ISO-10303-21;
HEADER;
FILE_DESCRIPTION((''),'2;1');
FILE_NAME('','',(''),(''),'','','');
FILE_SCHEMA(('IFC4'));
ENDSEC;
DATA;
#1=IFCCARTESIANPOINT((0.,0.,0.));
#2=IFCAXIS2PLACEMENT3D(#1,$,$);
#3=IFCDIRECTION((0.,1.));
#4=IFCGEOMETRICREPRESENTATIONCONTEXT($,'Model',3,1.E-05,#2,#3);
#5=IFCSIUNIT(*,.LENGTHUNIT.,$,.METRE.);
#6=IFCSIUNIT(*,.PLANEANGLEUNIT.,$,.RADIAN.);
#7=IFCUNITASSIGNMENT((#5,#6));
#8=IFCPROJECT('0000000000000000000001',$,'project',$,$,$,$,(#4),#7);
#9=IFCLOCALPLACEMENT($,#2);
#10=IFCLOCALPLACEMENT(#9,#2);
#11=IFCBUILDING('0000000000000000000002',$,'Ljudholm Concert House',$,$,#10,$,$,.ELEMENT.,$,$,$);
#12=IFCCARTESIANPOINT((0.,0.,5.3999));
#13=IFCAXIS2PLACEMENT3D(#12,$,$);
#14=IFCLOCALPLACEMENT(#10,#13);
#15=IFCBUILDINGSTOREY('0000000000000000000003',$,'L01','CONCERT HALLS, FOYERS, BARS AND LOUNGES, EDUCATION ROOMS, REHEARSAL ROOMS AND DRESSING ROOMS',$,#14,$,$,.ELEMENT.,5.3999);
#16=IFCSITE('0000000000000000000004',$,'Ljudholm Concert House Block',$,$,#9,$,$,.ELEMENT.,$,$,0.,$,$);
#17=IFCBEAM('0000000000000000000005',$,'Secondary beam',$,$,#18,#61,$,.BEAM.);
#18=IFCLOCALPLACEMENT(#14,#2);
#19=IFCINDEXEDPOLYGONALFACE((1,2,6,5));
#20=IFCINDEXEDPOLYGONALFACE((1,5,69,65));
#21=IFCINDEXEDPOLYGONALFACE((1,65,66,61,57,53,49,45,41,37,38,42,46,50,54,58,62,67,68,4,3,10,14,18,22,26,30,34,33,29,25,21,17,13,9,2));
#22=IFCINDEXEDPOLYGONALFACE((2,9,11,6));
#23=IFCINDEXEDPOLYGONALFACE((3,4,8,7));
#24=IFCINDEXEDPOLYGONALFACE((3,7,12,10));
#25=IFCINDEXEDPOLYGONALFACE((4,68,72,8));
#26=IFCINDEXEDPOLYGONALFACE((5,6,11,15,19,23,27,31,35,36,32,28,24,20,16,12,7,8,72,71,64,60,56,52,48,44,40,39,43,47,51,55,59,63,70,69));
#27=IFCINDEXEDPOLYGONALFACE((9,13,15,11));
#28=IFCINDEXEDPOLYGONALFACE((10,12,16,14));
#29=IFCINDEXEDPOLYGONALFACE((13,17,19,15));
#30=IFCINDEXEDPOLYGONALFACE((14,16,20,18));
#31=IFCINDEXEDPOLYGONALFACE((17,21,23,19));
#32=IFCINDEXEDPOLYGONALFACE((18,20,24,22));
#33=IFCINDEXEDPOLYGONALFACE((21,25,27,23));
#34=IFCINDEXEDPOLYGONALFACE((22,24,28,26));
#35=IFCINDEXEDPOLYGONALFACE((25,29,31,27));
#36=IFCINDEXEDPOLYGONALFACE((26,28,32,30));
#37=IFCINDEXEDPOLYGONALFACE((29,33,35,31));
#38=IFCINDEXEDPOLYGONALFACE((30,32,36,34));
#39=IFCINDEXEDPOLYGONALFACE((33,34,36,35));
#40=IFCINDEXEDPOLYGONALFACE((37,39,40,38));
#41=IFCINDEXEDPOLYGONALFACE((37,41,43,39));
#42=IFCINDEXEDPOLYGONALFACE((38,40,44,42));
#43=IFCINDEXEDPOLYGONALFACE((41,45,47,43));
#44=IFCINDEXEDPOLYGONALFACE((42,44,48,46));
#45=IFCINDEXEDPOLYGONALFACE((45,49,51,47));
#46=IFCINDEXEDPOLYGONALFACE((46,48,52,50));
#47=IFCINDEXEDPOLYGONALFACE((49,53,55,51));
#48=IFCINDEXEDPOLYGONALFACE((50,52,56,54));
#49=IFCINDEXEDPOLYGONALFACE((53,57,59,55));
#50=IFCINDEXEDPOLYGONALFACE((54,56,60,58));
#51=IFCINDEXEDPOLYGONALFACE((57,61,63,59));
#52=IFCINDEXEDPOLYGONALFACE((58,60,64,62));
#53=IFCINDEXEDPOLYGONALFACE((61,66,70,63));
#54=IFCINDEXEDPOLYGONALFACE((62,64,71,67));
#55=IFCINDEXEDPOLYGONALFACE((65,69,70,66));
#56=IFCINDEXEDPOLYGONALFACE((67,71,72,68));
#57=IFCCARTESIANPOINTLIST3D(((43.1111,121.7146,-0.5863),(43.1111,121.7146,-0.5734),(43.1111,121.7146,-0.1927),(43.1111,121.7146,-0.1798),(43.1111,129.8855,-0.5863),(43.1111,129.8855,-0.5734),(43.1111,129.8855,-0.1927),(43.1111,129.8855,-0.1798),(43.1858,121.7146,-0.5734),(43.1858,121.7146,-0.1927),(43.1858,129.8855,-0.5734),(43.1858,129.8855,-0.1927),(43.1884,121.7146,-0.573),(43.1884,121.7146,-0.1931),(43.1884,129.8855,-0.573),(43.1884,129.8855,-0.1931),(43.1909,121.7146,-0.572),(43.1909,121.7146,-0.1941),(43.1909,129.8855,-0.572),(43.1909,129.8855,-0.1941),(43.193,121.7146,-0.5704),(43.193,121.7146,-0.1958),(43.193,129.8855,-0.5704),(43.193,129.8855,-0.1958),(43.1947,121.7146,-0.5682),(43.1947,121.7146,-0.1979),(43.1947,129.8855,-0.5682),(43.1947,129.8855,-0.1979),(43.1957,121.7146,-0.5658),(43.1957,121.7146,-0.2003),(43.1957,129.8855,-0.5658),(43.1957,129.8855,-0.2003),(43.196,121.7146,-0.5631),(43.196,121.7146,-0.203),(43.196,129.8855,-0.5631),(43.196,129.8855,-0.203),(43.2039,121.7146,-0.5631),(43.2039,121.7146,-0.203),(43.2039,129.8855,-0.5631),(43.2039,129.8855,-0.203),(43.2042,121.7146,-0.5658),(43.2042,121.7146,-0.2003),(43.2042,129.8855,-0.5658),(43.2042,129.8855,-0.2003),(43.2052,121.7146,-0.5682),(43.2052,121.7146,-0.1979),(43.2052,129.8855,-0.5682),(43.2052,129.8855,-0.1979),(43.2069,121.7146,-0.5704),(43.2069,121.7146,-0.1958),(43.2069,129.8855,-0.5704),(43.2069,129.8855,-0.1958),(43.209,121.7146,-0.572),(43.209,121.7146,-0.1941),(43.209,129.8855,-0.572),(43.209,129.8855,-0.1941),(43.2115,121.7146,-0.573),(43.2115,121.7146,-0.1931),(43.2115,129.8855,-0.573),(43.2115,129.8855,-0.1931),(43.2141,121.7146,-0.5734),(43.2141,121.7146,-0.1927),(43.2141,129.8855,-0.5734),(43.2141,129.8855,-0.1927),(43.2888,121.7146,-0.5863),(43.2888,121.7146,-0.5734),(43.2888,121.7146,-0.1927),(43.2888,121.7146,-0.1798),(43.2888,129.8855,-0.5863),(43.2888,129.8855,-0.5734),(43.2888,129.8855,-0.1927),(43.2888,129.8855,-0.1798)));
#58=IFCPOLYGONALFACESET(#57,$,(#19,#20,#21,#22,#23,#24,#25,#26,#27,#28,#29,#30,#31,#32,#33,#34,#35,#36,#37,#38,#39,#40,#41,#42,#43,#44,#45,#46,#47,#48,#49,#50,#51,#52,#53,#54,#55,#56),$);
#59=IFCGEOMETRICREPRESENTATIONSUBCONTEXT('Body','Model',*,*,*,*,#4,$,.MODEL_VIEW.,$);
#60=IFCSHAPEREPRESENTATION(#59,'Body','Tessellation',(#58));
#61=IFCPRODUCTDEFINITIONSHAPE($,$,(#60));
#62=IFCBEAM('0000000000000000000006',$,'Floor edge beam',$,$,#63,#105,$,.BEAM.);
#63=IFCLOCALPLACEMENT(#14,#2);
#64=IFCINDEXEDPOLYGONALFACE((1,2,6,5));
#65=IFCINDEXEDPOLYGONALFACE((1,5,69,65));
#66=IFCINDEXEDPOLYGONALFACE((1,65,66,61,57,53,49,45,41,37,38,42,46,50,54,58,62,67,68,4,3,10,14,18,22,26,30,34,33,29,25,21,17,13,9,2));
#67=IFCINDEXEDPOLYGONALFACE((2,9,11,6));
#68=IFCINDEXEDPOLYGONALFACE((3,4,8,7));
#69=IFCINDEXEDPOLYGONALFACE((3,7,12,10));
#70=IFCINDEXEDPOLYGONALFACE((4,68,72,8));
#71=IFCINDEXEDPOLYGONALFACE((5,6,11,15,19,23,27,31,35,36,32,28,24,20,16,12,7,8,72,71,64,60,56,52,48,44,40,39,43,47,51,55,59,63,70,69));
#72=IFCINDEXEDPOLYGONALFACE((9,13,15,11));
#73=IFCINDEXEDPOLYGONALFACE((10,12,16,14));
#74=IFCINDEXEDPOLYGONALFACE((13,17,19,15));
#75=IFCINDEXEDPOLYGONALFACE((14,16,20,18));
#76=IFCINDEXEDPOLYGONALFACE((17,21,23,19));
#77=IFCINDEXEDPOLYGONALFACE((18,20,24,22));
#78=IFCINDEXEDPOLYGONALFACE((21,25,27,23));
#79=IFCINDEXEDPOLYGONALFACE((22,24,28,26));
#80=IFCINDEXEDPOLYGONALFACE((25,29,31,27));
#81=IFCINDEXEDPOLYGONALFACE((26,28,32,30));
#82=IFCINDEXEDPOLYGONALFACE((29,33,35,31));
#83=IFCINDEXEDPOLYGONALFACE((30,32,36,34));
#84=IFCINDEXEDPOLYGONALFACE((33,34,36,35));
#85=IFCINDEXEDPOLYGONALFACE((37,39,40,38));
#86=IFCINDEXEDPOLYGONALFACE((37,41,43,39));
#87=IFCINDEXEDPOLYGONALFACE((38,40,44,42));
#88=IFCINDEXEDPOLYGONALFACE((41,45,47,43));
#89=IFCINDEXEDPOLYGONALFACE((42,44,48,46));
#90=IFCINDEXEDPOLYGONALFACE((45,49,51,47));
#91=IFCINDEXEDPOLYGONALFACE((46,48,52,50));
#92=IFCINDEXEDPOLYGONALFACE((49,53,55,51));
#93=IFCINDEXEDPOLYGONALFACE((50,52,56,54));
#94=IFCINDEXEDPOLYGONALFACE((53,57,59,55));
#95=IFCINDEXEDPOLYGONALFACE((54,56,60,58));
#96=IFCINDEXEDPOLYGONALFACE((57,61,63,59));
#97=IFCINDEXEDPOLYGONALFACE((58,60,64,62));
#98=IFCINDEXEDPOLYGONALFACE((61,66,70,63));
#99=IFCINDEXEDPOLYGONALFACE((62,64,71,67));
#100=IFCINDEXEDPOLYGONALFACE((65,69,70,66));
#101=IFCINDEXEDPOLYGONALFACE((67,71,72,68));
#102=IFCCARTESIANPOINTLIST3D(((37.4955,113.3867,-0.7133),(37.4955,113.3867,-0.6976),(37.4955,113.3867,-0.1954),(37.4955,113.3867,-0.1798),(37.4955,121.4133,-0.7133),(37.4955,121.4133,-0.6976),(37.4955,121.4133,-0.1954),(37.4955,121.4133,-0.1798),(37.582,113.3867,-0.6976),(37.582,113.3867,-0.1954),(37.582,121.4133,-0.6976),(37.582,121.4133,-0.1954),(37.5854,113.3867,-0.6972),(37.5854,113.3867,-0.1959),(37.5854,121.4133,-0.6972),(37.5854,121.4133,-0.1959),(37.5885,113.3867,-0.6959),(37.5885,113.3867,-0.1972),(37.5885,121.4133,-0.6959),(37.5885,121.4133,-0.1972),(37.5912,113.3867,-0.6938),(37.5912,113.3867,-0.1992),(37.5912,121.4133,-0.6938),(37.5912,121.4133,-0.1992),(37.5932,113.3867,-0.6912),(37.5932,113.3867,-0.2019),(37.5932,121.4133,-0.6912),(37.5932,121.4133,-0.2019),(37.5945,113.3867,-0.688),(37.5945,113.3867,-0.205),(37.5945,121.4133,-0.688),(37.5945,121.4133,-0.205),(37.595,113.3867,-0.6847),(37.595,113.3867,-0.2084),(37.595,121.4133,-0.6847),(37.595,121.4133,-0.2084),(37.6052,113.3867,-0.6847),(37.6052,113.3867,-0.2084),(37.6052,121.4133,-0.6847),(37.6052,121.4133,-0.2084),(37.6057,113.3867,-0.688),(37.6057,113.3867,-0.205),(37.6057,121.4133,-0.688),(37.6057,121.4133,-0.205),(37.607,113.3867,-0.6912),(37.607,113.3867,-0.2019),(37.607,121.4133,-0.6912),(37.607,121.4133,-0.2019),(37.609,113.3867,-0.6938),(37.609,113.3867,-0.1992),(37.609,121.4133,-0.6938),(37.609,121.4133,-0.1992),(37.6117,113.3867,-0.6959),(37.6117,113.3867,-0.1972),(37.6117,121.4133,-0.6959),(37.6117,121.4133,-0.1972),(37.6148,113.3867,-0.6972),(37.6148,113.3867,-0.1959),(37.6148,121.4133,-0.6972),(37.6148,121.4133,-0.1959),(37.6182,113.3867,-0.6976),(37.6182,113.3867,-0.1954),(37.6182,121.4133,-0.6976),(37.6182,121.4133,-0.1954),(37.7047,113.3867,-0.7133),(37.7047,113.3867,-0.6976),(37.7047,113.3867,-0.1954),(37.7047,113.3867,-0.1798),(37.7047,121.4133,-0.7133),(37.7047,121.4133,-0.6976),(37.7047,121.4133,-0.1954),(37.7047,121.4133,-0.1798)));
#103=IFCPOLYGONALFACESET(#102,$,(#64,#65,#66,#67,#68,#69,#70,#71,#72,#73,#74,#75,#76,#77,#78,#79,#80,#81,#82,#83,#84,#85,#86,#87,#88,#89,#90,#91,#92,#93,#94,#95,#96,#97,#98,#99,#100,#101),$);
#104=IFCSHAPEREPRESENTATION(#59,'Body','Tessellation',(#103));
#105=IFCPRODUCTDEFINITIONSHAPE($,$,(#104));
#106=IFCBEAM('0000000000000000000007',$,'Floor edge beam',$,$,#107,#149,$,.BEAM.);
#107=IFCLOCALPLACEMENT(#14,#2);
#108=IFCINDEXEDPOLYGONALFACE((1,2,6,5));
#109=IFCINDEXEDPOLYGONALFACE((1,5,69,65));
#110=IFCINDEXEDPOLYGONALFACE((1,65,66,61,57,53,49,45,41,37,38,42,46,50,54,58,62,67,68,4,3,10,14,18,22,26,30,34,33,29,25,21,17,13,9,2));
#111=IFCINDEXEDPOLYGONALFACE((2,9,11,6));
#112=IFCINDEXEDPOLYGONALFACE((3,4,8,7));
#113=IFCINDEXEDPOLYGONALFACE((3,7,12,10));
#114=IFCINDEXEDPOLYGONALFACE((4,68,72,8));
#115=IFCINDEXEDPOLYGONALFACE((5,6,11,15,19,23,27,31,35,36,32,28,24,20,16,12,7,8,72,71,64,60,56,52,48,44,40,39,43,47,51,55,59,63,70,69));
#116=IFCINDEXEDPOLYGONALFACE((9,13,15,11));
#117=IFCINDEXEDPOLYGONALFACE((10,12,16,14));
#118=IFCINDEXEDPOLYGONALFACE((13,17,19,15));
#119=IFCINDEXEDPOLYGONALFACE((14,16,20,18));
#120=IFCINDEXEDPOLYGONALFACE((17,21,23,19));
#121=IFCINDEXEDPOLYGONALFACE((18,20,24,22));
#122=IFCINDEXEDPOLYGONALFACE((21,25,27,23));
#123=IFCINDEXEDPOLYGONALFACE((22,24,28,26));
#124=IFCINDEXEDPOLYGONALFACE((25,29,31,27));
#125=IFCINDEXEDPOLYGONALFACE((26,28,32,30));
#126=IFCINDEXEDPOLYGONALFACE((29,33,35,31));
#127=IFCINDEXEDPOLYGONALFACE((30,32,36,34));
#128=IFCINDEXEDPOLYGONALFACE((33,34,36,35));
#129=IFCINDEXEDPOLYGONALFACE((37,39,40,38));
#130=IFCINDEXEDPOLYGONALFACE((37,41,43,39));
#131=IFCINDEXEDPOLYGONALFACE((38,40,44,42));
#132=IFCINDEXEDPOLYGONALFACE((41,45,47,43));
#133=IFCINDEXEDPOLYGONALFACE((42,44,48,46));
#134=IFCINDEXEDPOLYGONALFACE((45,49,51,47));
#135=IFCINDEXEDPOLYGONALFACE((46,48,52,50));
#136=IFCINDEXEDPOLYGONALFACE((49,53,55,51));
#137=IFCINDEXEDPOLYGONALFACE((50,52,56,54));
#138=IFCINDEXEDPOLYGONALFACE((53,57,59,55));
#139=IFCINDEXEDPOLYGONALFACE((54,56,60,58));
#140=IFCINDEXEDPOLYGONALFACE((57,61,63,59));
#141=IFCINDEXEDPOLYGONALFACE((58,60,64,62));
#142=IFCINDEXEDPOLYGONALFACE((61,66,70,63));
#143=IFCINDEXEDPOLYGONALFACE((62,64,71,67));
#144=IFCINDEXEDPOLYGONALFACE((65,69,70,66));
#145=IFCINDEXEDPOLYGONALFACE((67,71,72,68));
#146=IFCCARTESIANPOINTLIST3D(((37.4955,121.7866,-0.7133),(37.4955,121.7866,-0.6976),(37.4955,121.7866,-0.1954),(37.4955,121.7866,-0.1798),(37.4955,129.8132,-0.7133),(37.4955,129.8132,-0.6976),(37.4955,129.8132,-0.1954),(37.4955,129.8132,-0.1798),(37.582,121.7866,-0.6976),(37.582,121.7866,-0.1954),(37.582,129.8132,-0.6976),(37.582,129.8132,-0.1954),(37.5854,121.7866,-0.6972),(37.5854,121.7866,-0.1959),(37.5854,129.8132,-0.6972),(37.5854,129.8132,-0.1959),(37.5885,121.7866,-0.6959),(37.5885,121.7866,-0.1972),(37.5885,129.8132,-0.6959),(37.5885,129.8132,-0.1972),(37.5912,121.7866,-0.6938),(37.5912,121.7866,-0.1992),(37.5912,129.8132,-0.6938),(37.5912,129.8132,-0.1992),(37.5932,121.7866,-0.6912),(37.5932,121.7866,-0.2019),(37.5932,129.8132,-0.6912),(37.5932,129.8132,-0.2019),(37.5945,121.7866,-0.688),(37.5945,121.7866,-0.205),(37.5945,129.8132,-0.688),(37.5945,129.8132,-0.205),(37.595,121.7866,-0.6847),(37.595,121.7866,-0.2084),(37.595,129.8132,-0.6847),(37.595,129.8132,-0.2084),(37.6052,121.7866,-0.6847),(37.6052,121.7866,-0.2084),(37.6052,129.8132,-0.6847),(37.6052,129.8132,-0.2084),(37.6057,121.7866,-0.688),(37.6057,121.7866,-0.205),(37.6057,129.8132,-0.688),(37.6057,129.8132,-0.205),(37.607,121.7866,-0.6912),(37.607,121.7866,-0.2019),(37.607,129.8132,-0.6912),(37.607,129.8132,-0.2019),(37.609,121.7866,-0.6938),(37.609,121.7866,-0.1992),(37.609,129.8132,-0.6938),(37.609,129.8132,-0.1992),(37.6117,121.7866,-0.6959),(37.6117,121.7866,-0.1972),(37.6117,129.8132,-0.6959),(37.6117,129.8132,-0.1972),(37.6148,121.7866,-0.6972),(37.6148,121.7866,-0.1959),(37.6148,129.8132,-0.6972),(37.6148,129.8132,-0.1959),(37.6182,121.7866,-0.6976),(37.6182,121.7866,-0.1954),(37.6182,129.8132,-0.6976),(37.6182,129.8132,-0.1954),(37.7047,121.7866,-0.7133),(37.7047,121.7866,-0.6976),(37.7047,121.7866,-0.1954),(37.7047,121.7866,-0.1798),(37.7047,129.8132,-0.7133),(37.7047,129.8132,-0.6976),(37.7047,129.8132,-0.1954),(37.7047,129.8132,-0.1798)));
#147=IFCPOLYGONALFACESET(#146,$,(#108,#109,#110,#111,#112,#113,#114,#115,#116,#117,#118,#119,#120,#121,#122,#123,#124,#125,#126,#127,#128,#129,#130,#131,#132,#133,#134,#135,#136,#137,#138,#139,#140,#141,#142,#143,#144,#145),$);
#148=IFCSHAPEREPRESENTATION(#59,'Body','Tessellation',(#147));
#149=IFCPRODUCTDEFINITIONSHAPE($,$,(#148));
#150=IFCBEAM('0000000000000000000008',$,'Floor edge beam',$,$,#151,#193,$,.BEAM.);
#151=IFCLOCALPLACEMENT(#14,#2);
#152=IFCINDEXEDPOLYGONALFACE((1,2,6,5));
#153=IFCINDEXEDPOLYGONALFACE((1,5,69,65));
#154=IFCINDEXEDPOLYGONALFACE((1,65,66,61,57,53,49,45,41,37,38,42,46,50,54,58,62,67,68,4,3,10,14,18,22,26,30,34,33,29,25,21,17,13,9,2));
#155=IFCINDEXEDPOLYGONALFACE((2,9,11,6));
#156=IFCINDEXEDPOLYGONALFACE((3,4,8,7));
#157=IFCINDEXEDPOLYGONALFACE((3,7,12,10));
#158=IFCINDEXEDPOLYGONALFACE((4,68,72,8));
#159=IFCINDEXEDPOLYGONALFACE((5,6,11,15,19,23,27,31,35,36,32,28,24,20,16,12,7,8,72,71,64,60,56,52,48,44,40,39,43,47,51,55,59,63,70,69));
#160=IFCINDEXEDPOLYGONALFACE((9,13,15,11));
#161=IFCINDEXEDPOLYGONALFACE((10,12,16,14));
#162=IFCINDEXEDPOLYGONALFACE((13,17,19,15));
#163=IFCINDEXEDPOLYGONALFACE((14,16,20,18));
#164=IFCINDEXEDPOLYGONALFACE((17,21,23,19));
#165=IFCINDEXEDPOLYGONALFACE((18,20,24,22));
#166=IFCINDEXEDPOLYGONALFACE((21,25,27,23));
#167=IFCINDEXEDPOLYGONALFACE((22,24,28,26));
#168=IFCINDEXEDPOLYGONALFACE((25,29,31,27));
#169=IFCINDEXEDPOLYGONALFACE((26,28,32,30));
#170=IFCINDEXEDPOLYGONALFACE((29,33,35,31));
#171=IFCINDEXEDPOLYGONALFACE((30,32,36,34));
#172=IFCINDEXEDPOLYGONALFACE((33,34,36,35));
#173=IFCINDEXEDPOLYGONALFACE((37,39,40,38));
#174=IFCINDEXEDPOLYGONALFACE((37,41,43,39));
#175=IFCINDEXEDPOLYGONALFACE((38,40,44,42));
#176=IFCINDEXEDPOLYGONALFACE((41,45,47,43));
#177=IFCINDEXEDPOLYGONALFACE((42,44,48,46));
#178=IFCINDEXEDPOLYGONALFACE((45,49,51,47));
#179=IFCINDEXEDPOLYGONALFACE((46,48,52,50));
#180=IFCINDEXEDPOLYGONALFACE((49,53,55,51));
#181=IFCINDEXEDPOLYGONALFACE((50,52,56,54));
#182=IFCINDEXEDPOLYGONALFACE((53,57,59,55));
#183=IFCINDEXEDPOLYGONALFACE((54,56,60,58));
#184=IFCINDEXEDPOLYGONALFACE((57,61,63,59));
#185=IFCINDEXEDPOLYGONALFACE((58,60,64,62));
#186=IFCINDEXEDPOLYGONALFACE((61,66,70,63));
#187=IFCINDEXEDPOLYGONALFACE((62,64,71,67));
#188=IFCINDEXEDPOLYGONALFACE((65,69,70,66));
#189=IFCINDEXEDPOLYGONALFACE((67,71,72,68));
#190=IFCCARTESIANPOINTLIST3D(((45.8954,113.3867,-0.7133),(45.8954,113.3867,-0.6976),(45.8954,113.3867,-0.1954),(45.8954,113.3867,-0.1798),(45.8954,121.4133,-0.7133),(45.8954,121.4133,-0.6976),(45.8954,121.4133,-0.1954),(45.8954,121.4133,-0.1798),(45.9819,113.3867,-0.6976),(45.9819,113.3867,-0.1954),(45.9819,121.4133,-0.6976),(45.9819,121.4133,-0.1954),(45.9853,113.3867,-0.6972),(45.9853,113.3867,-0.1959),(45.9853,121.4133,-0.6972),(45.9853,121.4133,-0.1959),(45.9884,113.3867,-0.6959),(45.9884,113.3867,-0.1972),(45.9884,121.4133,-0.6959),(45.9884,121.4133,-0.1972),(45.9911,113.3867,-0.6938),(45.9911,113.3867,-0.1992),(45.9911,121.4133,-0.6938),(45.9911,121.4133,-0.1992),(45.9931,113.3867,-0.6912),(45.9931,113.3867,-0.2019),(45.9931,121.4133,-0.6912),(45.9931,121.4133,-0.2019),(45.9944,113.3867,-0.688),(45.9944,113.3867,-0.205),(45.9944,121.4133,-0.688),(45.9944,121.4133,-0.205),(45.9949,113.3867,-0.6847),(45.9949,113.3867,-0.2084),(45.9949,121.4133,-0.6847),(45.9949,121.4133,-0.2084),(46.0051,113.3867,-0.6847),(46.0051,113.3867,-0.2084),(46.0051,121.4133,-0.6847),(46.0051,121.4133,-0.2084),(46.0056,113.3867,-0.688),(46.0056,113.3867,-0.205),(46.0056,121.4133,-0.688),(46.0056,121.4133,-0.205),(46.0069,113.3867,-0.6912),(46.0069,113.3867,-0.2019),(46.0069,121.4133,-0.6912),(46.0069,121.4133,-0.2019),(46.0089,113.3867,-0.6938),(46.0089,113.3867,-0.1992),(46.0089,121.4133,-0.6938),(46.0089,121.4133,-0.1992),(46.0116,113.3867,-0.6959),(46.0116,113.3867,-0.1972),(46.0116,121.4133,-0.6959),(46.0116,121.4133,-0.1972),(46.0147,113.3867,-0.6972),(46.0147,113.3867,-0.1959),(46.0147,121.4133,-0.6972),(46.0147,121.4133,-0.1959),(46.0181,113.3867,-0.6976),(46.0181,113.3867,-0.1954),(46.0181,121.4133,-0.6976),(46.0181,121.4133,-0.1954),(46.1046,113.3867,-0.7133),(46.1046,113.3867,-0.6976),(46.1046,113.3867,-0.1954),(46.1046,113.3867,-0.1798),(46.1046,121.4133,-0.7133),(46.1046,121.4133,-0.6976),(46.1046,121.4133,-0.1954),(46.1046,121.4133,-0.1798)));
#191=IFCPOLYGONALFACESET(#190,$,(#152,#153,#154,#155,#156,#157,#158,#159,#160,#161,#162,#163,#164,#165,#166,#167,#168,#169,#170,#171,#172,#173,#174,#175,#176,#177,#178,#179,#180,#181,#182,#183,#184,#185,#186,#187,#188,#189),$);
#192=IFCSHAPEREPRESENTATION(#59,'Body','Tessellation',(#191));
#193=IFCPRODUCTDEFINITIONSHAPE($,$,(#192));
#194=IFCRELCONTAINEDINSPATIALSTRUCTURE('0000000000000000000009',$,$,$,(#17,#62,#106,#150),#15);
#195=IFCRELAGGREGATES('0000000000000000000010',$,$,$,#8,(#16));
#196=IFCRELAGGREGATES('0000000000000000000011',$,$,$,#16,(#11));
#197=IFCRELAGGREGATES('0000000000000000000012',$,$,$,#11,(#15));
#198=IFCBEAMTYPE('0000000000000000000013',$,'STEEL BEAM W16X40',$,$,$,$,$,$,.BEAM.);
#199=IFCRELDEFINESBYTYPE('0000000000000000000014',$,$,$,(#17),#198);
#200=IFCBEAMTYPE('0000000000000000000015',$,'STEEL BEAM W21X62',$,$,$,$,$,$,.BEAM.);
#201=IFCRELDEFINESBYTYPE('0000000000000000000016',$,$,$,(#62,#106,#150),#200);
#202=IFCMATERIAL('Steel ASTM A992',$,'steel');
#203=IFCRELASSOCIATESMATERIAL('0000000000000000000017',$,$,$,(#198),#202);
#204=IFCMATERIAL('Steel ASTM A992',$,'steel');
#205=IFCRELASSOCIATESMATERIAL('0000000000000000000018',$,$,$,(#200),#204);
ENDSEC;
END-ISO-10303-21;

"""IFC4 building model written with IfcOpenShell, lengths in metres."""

from ifc_helpers import new_model, si_unit, direction, frame, origin, origin_2d, place, context, subcontext, project, spatial, i_section, extrude, material, material_profile, profile_set, type_object, element, save


model = new_model("IFC4")

# Units and contexts
model_context = context("Model", 3, precision=1e-05, world=origin(), true_north=direction((0.0, 1.0)))
body_context = subcontext(model_context, "Body", "Model", "MODEL_VIEW")
ifc_project = project(units=[si_unit("LENGTHUNIT", "METRE"), si_unit("PLANEANGLEUNIT", "RADIAN")], contexts=[model_context])

# Site, building, storey
site_placement = place(None, origin())
site = spatial("IfcSite", under=ifc_project, at=site_placement, Name="Ljudholm Concert House Block", CompositionType="ELEMENT", RefElevation=0.0)
building_placement = place(site_placement, origin())
building = spatial("IfcBuilding", under=site, at=building_placement, Name="Ljudholm Concert House", CompositionType="ELEMENT")
storey_placement = place(building_placement, frame((0.0, 0.0, 5.3999)))
storey = spatial("IfcBuildingStorey", under=building, at=storey_placement, Name="L01", Description="CONCERT HALLS, FOYERS, BARS AND LOUNGES, EDUCATION ROOMS, REHEARSAL ROOMS AND DRESSING ROOMS", CompositionType="ELEMENT", Elevation=5.3999)

# Beams
ifc_material_1 = material(Name="Steel ASTM A992", Category="steel")
ifc_material_profile_1 = material_profile(ifc_material_1, i_section(OverallWidth=0.1777, OverallDepth=0.4065, WebThickness=0.0078, FlangeThickness=0.0129, FilletRadius=0.0103, at=origin_2d()), Name="W16X40")
ifc_profile_set_1 = profile_set([ifc_material_profile_1], Name="Steel ASTM A992")
beam_type_1 = type_object("IfcBeamType", Name="STEEL BEAM W16X40", PredefinedType="BEAM", material=ifc_profile_set_1)
for number, where, z_axis, x_axis, name in (
    (1, (43.2, 121.7146, -0.3831), (0.0, 1.0, 0.0), (-1.0, 0.0, 0.0), "Secondary beam"),
):
    element("IfcBeam", number, at=place(storey_placement, frame(where, z_axis=z_axis, x_axis=x_axis)), inside=storey, type_object=beam_type_1, Name=name, PredefinedType="BEAM", context=body_context, shape_type="SweptSolid", body=[
        extrude(i_section(OverallWidth=0.1777, OverallDepth=0.4065, WebThickness=0.0078, FlangeThickness=0.0129, FilletRadius=0.0103, at=origin_2d()), origin(), (0.0, 0.0, 1.0), 8.1709),
    ])
ifc_material_2 = material(Name="Steel ASTM A992", Category="steel")
ifc_material_profile_2 = material_profile(ifc_material_2, i_section(OverallWidth=0.2092, OverallDepth=0.5334, WebThickness=0.0103, FlangeThickness=0.0156, FilletRadius=0.0129, at=origin_2d()), Name="W21X62")
ifc_profile_set_2 = profile_set([ifc_material_profile_2], Name="Steel ASTM A992")
beam_type_2 = type_object("IfcBeamType", Name="STEEL BEAM W21X62", PredefinedType="BEAM", material=ifc_profile_set_2)
for number, where, z_axis, x_axis, name in (
    (2, (37.6001, 113.3867, -0.4465), (0.0, 1.0, 0.0), (-1.0, 0.0, 0.0), "Floor edge beam"),
    (3, (37.6001, 121.7866, -0.4465), (0.0, 1.0, 0.0), (-1.0, 0.0, 0.0), "Floor edge beam"),
    (4, (46.0, 113.3867, -0.4465), (0.0, 1.0, 0.0), (-1.0, 0.0, 0.0), "Floor edge beam"),
):
    element("IfcBeam", number, at=place(storey_placement, frame(where, z_axis=z_axis, x_axis=x_axis)), inside=storey, type_object=beam_type_2, Name=name, PredefinedType="BEAM", context=body_context, shape_type="SweptSolid", body=[
        extrude(i_section(OverallWidth=0.2092, OverallDepth=0.5334, WebThickness=0.0103, FlangeThickness=0.0156, FilletRadius=0.0129, at=origin_2d()), origin(), (0.0, 0.0, 1.0), 8.0266),
    ])

save(model, "model.ifc")
